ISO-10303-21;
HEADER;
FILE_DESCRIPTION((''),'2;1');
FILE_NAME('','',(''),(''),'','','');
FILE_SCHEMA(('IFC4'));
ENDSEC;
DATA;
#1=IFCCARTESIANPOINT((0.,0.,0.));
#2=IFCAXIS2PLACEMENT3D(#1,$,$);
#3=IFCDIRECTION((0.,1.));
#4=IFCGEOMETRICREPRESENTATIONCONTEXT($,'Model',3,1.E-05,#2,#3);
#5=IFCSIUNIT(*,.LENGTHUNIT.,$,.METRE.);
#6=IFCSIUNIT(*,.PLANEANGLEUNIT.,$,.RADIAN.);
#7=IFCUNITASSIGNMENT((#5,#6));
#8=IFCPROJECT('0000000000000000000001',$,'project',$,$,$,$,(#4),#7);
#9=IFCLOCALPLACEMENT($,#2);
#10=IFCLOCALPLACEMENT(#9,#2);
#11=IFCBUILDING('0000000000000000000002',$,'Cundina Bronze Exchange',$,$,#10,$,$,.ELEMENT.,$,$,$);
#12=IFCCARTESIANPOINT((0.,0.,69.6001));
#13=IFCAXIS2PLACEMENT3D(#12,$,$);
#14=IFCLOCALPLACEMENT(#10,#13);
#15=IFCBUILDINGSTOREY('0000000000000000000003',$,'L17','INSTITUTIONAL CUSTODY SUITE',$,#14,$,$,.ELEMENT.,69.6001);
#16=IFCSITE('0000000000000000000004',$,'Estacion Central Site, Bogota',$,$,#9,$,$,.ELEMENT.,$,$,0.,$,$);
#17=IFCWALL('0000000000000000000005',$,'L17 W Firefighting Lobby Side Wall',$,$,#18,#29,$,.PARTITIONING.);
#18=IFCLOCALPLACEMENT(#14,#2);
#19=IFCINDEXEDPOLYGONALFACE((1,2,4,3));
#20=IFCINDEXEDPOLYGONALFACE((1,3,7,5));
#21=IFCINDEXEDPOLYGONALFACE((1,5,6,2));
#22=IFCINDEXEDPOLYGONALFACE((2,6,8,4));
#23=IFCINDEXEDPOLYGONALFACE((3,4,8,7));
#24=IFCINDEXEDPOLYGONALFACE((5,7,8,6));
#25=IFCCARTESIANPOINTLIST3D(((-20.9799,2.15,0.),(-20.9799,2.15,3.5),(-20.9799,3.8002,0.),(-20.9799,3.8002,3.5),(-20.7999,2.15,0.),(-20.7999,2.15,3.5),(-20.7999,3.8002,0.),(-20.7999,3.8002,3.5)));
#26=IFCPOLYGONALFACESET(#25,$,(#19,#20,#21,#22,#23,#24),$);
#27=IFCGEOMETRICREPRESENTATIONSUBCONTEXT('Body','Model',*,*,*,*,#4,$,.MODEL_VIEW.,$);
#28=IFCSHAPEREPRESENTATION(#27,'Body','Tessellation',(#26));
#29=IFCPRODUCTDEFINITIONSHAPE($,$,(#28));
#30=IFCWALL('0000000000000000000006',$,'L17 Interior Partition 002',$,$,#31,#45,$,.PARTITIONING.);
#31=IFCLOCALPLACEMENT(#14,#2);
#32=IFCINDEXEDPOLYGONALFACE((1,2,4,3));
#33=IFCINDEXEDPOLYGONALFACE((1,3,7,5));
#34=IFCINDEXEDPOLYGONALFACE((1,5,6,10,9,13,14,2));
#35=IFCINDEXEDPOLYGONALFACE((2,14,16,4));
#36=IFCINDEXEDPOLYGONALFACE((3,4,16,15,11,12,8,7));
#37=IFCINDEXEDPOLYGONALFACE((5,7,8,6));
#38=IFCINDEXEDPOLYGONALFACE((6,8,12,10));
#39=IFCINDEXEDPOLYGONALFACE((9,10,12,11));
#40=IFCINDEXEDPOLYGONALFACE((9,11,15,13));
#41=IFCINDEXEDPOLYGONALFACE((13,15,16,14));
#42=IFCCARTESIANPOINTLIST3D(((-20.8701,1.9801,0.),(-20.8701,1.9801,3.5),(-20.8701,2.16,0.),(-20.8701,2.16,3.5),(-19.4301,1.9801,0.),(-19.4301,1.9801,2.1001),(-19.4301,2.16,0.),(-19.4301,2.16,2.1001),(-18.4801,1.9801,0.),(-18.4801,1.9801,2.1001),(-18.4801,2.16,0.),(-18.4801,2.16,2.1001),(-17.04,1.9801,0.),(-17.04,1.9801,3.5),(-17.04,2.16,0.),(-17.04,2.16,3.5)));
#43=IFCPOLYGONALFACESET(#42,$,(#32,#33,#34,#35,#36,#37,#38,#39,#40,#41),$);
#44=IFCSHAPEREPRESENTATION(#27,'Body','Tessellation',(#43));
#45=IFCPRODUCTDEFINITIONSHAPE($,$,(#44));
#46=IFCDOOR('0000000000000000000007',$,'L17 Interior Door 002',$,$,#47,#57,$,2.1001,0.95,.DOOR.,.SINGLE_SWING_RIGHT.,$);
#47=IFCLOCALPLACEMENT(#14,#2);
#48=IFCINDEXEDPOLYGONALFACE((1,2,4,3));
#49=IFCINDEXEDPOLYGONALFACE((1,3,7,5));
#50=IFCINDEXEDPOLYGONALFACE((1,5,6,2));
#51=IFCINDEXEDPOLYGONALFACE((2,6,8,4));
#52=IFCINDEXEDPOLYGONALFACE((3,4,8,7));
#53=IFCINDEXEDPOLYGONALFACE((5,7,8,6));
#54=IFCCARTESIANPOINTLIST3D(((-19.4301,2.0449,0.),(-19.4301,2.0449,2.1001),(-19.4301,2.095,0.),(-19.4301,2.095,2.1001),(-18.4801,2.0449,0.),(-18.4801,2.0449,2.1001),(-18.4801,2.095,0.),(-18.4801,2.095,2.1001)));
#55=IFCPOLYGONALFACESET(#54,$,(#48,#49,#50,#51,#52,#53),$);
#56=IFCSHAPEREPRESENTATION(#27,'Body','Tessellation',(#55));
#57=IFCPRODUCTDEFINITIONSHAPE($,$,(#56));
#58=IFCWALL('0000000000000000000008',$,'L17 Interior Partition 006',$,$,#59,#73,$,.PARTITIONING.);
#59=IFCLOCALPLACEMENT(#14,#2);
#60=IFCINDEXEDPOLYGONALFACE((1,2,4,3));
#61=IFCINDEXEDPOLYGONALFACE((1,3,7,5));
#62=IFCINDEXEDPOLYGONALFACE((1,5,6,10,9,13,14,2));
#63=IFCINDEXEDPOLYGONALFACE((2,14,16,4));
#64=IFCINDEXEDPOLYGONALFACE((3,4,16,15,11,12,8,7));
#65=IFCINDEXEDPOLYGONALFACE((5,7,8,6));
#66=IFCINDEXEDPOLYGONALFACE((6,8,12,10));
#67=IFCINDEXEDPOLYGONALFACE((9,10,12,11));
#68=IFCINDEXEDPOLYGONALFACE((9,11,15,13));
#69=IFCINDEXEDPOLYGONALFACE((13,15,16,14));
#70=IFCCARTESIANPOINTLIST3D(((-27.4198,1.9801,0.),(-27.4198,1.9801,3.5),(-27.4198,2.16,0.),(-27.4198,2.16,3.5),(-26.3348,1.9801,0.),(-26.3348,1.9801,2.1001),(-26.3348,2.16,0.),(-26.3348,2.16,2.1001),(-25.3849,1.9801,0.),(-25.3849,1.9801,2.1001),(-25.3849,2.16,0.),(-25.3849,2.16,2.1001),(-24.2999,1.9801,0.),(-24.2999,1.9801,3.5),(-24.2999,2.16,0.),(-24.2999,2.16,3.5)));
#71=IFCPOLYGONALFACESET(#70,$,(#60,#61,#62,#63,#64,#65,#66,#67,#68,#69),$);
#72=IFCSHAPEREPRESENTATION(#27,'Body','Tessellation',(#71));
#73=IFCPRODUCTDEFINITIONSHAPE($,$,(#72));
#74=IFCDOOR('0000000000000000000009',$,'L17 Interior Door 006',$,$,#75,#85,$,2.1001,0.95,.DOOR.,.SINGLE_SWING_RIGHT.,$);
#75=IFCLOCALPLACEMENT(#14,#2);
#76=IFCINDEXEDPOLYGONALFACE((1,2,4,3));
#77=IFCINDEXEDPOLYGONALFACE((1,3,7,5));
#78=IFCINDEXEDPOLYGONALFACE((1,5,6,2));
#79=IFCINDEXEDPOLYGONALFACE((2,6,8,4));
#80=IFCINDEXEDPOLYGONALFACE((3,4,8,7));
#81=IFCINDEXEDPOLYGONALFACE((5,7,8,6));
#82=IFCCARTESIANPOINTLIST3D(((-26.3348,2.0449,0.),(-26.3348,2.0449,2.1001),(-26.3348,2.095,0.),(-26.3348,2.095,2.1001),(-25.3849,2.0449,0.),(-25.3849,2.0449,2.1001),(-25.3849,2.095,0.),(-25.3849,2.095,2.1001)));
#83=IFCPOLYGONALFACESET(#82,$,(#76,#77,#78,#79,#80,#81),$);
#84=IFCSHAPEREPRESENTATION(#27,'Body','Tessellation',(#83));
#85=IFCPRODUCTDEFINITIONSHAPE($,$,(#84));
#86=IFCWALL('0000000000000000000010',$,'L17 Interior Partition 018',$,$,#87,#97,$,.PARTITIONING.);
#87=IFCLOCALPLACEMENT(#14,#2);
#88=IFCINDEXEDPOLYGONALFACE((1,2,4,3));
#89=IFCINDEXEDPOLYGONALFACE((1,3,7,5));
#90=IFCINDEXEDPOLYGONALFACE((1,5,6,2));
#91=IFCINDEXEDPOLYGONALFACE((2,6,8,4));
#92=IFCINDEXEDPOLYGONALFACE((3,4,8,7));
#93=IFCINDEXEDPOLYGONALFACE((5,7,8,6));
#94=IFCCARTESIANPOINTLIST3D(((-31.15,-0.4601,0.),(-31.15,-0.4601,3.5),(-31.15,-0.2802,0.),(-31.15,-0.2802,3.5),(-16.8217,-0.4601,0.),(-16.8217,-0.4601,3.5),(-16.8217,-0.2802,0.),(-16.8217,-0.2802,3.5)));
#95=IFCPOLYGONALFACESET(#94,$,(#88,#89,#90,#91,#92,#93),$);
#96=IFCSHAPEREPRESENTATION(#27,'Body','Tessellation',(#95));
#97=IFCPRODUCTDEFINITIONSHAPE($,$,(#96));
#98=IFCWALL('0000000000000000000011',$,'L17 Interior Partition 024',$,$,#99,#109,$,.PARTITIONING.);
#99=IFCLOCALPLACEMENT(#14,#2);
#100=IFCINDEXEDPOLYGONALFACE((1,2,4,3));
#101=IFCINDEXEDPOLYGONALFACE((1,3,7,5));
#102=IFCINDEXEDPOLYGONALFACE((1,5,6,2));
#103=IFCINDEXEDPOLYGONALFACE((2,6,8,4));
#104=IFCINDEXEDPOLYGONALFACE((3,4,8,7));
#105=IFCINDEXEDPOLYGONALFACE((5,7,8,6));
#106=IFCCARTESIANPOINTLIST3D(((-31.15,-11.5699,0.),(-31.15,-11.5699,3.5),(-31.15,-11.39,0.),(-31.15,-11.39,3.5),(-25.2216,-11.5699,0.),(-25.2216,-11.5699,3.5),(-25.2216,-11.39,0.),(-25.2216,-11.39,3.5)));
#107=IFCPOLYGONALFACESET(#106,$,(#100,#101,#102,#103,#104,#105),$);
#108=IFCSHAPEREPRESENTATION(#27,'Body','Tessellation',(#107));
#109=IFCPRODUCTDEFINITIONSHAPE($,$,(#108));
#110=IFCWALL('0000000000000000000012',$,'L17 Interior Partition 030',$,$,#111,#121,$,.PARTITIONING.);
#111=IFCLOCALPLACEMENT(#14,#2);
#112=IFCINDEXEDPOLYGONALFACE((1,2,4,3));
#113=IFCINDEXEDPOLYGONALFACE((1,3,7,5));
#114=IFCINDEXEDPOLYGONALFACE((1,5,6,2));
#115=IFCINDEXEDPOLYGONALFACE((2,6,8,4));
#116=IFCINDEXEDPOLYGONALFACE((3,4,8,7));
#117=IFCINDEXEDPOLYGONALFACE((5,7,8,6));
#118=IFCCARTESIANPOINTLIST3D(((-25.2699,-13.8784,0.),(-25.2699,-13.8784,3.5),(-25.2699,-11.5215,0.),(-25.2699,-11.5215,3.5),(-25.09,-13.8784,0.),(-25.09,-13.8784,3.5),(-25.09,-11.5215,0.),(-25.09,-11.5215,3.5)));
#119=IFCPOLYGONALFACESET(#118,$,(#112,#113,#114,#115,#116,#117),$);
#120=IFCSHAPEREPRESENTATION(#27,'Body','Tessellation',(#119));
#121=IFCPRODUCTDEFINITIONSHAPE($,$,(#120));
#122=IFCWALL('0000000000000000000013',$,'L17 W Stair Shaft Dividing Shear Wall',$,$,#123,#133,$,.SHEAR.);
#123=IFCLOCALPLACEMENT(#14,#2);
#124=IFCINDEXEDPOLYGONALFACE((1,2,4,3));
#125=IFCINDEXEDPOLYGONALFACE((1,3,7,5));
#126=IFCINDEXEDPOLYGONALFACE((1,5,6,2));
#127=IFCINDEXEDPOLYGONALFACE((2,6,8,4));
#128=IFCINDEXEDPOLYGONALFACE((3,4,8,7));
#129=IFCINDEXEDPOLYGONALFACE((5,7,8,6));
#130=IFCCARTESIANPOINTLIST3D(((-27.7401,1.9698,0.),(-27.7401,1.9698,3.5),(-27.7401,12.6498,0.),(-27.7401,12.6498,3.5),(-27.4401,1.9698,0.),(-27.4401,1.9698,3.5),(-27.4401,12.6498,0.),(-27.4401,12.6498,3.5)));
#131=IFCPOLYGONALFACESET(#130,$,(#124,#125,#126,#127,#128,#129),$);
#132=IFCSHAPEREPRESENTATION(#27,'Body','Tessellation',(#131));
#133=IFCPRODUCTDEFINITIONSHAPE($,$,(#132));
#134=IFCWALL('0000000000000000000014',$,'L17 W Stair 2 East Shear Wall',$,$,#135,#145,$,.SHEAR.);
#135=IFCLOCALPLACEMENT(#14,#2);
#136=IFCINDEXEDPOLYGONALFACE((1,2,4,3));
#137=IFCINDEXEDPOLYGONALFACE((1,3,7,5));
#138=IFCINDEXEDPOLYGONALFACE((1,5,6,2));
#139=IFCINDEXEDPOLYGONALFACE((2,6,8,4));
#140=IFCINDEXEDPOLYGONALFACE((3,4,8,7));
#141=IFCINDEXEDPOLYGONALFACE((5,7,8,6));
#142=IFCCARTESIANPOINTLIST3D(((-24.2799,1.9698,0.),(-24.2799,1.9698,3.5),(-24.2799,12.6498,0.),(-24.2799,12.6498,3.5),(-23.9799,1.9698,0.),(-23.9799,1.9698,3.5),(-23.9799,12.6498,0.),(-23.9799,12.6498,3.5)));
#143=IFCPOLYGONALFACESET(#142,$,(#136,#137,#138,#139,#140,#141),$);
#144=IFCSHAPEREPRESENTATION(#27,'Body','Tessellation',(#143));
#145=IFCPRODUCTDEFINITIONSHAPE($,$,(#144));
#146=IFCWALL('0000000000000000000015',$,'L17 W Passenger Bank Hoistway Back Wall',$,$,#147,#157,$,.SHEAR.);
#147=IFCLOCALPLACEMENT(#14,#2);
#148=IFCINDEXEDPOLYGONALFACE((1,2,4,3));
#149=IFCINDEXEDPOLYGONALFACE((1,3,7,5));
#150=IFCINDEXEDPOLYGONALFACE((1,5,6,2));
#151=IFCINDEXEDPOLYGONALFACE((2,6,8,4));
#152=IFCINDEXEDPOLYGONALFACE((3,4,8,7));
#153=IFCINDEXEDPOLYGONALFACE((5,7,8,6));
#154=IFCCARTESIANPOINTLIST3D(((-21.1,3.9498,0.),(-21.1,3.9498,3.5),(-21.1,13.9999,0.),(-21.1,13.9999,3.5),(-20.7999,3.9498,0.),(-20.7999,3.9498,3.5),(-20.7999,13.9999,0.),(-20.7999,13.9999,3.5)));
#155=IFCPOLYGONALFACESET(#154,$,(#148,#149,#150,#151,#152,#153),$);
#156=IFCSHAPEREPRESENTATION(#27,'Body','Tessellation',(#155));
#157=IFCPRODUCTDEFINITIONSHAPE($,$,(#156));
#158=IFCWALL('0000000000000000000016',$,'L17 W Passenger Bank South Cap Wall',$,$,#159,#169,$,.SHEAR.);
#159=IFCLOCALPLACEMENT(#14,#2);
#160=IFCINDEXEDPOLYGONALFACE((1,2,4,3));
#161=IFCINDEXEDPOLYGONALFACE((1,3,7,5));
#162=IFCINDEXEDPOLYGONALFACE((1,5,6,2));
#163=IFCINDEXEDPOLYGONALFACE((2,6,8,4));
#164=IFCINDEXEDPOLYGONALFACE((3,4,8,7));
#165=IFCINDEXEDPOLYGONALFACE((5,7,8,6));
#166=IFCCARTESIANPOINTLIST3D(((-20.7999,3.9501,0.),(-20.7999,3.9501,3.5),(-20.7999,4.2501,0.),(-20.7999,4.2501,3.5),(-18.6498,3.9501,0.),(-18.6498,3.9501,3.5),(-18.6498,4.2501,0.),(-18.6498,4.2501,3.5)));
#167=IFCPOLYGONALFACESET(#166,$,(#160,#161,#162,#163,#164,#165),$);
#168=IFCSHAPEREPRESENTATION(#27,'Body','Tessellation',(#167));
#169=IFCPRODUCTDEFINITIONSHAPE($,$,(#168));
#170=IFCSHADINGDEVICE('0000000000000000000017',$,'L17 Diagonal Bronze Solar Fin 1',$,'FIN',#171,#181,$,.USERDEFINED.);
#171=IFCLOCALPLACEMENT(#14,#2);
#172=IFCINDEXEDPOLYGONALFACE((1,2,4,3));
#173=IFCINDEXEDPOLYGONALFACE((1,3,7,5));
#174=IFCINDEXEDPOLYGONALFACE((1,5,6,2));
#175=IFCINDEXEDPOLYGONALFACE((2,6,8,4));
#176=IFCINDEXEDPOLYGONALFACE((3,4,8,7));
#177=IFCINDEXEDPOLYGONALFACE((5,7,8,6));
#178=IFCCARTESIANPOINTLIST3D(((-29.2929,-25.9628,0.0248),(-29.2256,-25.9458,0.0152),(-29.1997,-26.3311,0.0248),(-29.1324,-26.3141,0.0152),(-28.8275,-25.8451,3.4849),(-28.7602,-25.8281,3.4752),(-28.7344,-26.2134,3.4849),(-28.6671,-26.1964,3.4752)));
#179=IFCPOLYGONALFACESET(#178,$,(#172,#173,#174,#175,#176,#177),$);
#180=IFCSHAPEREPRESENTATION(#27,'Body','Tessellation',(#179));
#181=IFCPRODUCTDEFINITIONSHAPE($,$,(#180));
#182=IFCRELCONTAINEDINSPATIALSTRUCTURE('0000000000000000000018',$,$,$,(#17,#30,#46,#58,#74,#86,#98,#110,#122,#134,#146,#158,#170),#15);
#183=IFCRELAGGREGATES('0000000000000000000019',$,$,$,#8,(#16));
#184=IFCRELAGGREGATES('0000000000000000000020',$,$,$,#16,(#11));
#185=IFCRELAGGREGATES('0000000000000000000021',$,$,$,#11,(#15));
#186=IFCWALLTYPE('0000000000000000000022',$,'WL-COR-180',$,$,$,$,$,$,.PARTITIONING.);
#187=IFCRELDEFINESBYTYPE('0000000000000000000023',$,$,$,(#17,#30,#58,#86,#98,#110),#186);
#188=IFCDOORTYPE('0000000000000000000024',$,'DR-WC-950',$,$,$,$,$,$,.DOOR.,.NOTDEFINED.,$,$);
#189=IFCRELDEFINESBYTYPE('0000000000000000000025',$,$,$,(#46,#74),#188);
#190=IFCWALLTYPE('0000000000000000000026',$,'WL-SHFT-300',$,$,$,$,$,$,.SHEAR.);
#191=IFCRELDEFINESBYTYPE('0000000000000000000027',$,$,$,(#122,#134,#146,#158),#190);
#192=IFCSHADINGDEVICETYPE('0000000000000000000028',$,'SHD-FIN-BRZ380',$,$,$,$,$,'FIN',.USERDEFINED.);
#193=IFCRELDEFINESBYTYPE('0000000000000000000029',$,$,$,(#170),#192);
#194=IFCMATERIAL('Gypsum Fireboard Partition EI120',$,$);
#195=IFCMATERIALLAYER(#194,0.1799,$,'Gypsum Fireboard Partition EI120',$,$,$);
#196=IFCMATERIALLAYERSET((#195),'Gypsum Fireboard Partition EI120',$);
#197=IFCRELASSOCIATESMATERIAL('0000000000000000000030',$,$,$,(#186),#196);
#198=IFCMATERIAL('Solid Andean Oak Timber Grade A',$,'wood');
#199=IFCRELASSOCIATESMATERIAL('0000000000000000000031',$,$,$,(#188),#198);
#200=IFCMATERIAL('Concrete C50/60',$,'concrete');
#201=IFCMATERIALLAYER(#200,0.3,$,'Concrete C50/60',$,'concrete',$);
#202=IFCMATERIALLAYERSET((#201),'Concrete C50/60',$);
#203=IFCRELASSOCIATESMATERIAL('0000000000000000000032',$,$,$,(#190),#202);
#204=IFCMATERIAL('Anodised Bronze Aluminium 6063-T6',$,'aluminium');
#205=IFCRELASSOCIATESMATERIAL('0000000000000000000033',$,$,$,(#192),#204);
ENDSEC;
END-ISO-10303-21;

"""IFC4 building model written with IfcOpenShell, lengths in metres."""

from ifc_helpers import new_model, si_unit, direction, frame, frame_2d, origin, origin_2d, place, context, subcontext, project, spatial, rectangle, extrude, material, layer, layer_set, material_profile, profile_set, type_object, element, fill, save


model = new_model("IFC4")

# Units and contexts
model_context = context("Model", 3, precision=1e-05, world=origin(), true_north=direction((0.0, 1.0)))
body_context = subcontext(model_context, "Body", "Model", "MODEL_VIEW")
ifc_project = project(units=[si_unit("LENGTHUNIT", "METRE"), si_unit("PLANEANGLEUNIT", "RADIAN")], contexts=[model_context])

# Site, building, storey
site_placement = place(None, origin())
site = spatial("IfcSite", under=ifc_project, at=site_placement, Name="Estacion Central Site, Bogota", CompositionType="ELEMENT", RefElevation=0.0)
building_placement = place(site_placement, origin())
building = spatial("IfcBuilding", under=site, at=building_placement, Name="Cundina Bronze Exchange", CompositionType="ELEMENT")
storey_placement = place(building_placement, frame((0.0, 0.0, 69.6001)))
storey = spatial("IfcBuildingStorey", under=building, at=storey_placement, Name="L17", Description="INSTITUTIONAL CUSTODY SUITE", CompositionType="ELEMENT", Elevation=69.6001)

# Shared definitions
ifc_material_1 = material(Name="Anodised Bronze Aluminium 6063-T6", Category="aluminium")

# Wall
ifc_material_2 = material(Name="Gypsum Fireboard Partition EI120")
ifc_layer_1 = layer(ifc_material_2, 0.1799, Name="Gypsum Fireboard Partition EI120")
ifc_layer_set_1 = layer_set([ifc_layer_1], Name="Gypsum Fireboard Partition EI120")
wall_type_1 = type_object("IfcWallType", Name="WL-COR-180", PredefinedType="PARTITIONING", material=ifc_layer_set_1)
wall_1_placement = place(storey_placement, frame((-20.8899, 2.1499, 0.0), z_axis=(0.0, 0.0, 1.0), x_axis=(0.0, 1.0, 0.0)))
element("IfcWall", 1, at=wall_1_placement, inside=storey, type_object=wall_type_1, Name="L17 W Firefighting Lobby Side Wall", PredefinedType="PARTITIONING", context=body_context, shape_type="SweptSolid", body=[
    extrude(rectangle(XDim=1.6501, YDim=0.1799, at=frame_2d((0.8252, 0.0))), origin(), (0.0, 0.0, 1.0), 3.5),
])

# Walls, openings, doors
wall_2_placement = place(storey_placement, frame((-20.8701, 2.0701, 0.0), z_axis=(0.0, 0.0, 1.0), x_axis=(1.0, 0.0, 0.0)))
wall_2 = element("IfcWall", 2, at=wall_2_placement, inside=storey, type_object=wall_type_1, Name="L17 Interior Partition 002", PredefinedType="PARTITIONING", context=body_context, shape_type="SweptSolid", body=[
    extrude(rectangle(XDim=3.8301, YDim=0.1799, at=frame_2d((1.915, 0.0))), origin(), (0.0, 0.0, 1.0), 3.5),
])
opening_1_placement = place(wall_2_placement, frame((1.4399, 0.0, 0.0)))
opening_1 = element("IfcOpeningElement", 3, at=opening_1_placement, cuts=wall_2, PredefinedType="OPENING", context=body_context, shape_type="SweptSolid", body=[
    extrude(rectangle(XDim=0.95, YDim=2.1001, at=frame_2d((0.4751, 1.05))), frame((0.0, 0.0999, 0.0), z_axis=(0.0, -1.0, 0.0), x_axis=(1.0, 0.0, 0.0)), (0.0, 0.0, 1.0), 0.2),
])
ifc_material_3 = material(Name="Solid Andean Oak Timber Grade A", Category="wood")
door_type_1 = type_object("IfcDoorType", Name="DR-WC-950", OperationType="NOTDEFINED", PredefinedType="DOOR", material=ifc_material_3)
door_1_placement = place(opening_1_placement, origin())
door_1 = element("IfcDoor", 4, at=door_1_placement, inside=storey, type_object=door_type_1, Name="L17 Interior Door 002", OperationType="SINGLE_SWING_RIGHT", OverallHeight=2.1001, OverallWidth=0.95, PredefinedType="DOOR", context=body_context, shape_type="SweptSolid", body=[
    extrude(rectangle(XDim=0.95, YDim=2.1001, at=frame_2d((0.4751, 1.05))), frame((0.0, 0.0249, 0.0), z_axis=(0.0, -1.0, 0.0), x_axis=(1.0, 0.0, 0.0)), (0.0, 0.0, 1.0), 0.05),
])
fill(opening_1, door_1)
wall_3_placement = place(storey_placement, frame((-27.4199, 2.0701, 0.0), z_axis=(0.0, 0.0, 1.0), x_axis=(1.0, 0.0, 0.0)))
wall_3 = element("IfcWall", 5, at=wall_3_placement, inside=storey, type_object=wall_type_1, Name="L17 Interior Partition 006", PredefinedType="PARTITIONING", context=body_context, shape_type="SweptSolid", body=[
    extrude(rectangle(XDim=3.1199, YDim=0.1799, at=frame_2d((1.5601, 0.0))), origin(), (0.0, 0.0, 1.0), 3.5),
])
opening_2_placement = place(wall_3_placement, frame((1.085, 0.0, 0.0)))
opening_2 = element("IfcOpeningElement", 6, at=opening_2_placement, cuts=wall_3, PredefinedType="OPENING", context=body_context, shape_type="SweptSolid", body=[
    extrude(rectangle(XDim=0.95, YDim=2.1001, at=frame_2d((0.4751, 1.05))), frame((0.0, 0.0999, 0.0), z_axis=(0.0, -1.0, 0.0), x_axis=(1.0, 0.0, 0.0)), (0.0, 0.0, 1.0), 0.2),
])
door_2_placement = place(opening_2_placement, origin())
door_2 = element("IfcDoor", 7, at=door_2_placement, inside=storey, type_object=door_type_1, Name="L17 Interior Door 006", OperationType="SINGLE_SWING_RIGHT", OverallHeight=2.1001, OverallWidth=0.95, PredefinedType="DOOR", context=body_context, shape_type="SweptSolid", body=[
    extrude(rectangle(XDim=0.95, YDim=2.1001, at=frame_2d((0.4751, 1.05))), frame((0.0, 0.0249, 0.0), z_axis=(0.0, -1.0, 0.0), x_axis=(1.0, 0.0, 0.0)), (0.0, 0.0, 1.0), 0.05),
])
fill(opening_2, door_2)

# Walls
wall_4_placement = place(storey_placement, frame((-31.1499, -0.3701, 0.0), z_axis=(0.0, 0.0, 1.0), x_axis=(1.0, 0.0, 0.0)))
element("IfcWall", 8, at=wall_4_placement, inside=storey, type_object=wall_type_1, Name="L17 Interior Partition 018", PredefinedType="PARTITIONING", context=body_context, shape_type="SweptSolid", body=[
    extrude(rectangle(XDim=14.3284, YDim=0.1799, at=frame_2d((7.1641, 0.0))), origin(), (0.0, 0.0, 1.0), 3.5),
])
wall_5_placement = place(storey_placement, frame((-25.2214, -11.48, 0.0), z_axis=(0.0, 0.0, 1.0), x_axis=(-1.0, 0.0, 0.0)))
element("IfcWall", 9, at=wall_5_placement, inside=storey, type_object=wall_type_1, Name="L17 Interior Partition 024", PredefinedType="PARTITIONING", context=body_context, shape_type="SweptSolid", body=[
    extrude(rectangle(XDim=5.9285, YDim=0.1799, at=frame_2d((2.9644, 0.0))), origin(), (0.0, 0.0, 1.0), 3.5),
])
wall_6_placement = place(storey_placement, frame((-25.1799, -13.8784, 0.0), z_axis=(0.0, 0.0, 1.0), x_axis=(0.0, 1.0, 0.0)))
element("IfcWall", 10, at=wall_6_placement, inside=storey, type_object=wall_type_1, Name="L17 Interior Partition 030", PredefinedType="PARTITIONING", context=body_context, shape_type="SweptSolid", body=[
    extrude(rectangle(XDim=2.3569, YDim=0.1799, at=frame_2d((1.1785, 0.0))), origin(), (0.0, 0.0, 1.0), 3.5),
])
ifc_material_4 = material(Name="Concrete C50/60", Category="concrete")
ifc_layer_2 = layer(ifc_material_4, 0.3, Name="Concrete C50/60", Category="concrete")
ifc_layer_set_2 = layer_set([ifc_layer_2], Name="Concrete C50/60")
wall_type_2 = type_object("IfcWallType", Name="WL-SHFT-300", PredefinedType="SHEAR", material=ifc_layer_set_2)
for number, where, z_axis, x_axis, name in (
    (11, (-27.5901, 1.97, 0.0), (0.0, 0.0, 1.0), (0.0, 1.0, 0.0), "L17 W Stair Shaft Dividing Shear Wall"),
    (12, (-24.1299, 1.97, 0.0), (0.0, 0.0, 1.0), (0.0, 1.0, 0.0), "L17 W Stair 2 East Shear Wall"),
):
    element("IfcWall", number, at=place(storey_placement, frame(where, z_axis=z_axis, x_axis=x_axis)), inside=storey, type_object=wall_type_2, Name=name, PredefinedType="SHEAR", context=body_context, shape_type="SweptSolid", body=[
        extrude(rectangle(XDim=10.6799, YDim=0.3, at=frame_2d((5.3398, 0.0))), origin(), (0.0, 0.0, 1.0), 3.5),
    ])
wall_7_placement = place(storey_placement, frame((-20.95, 3.95, 0.0), z_axis=(0.0, 0.0, 1.0), x_axis=(0.0, 1.0, 0.0)))
element("IfcWall", 13, at=wall_7_placement, inside=storey, type_object=wall_type_2, Name="L17 W Passenger Bank Hoistway Back Wall", PredefinedType="SHEAR", context=body_context, shape_type="SweptSolid", body=[
    extrude(rectangle(XDim=10.05, YDim=0.3, at=frame_2d((5.0249, 0.0))), origin(), (0.0, 0.0, 1.0), 3.5),
])
wall_8_placement = place(storey_placement, frame((-20.8, 4.1001, 0.0), z_axis=(0.0, 0.0, 1.0), x_axis=(1.0, 0.0, 0.0)))
element("IfcWall", 14, at=wall_8_placement, inside=storey, type_object=wall_type_2, Name="L17 W Passenger Bank South Cap Wall", PredefinedType="SHEAR", context=body_context, shape_type="SweptSolid", body=[
    extrude(rectangle(XDim=2.1501, YDim=0.3, at=frame_2d((1.0752, 0.0))), origin(), (0.0, 0.0, 1.0), 3.5),
])

# Shading device
ifc_material_profile_1 = material_profile(ifc_material_1, rectangle(XDim=0.0701, YDim=0.3799, at=origin_2d()), Name="FIN70X380", Category="aluminium")
ifc_profile_set_1 = profile_set([ifc_material_profile_1], Name="Anodised Bronze Aluminium 6063-T6")
shading_device_type = type_object("IfcShadingDeviceType", Name="SHD-FIN-BRZ380", ElementType="FIN", PredefinedType="USERDEFINED", material=ifc_profile_set_1)
shading_device_placement = place(storey_placement, frame((-29.2126, -26.1384, 0.02), z_axis=(0.133215, 0.033688, 0.990514), x_axis=(-0.960285, -0.242842, 0.137408)))
element("IfcShadingDevice", 15, at=shading_device_placement, inside=storey, type_object=shading_device_type, Name="L17 Diagonal Bronze Solar Fin 1", ObjectType="FIN", PredefinedType="USERDEFINED", context=body_context, shape_type="SweptSolid", body=[
    extrude(rectangle(XDim=0.0701, YDim=0.3799, at=origin_2d()), origin(), (0.0, 0.0, 1.0), 3.4932),
])

save(model, "model.ifc")
